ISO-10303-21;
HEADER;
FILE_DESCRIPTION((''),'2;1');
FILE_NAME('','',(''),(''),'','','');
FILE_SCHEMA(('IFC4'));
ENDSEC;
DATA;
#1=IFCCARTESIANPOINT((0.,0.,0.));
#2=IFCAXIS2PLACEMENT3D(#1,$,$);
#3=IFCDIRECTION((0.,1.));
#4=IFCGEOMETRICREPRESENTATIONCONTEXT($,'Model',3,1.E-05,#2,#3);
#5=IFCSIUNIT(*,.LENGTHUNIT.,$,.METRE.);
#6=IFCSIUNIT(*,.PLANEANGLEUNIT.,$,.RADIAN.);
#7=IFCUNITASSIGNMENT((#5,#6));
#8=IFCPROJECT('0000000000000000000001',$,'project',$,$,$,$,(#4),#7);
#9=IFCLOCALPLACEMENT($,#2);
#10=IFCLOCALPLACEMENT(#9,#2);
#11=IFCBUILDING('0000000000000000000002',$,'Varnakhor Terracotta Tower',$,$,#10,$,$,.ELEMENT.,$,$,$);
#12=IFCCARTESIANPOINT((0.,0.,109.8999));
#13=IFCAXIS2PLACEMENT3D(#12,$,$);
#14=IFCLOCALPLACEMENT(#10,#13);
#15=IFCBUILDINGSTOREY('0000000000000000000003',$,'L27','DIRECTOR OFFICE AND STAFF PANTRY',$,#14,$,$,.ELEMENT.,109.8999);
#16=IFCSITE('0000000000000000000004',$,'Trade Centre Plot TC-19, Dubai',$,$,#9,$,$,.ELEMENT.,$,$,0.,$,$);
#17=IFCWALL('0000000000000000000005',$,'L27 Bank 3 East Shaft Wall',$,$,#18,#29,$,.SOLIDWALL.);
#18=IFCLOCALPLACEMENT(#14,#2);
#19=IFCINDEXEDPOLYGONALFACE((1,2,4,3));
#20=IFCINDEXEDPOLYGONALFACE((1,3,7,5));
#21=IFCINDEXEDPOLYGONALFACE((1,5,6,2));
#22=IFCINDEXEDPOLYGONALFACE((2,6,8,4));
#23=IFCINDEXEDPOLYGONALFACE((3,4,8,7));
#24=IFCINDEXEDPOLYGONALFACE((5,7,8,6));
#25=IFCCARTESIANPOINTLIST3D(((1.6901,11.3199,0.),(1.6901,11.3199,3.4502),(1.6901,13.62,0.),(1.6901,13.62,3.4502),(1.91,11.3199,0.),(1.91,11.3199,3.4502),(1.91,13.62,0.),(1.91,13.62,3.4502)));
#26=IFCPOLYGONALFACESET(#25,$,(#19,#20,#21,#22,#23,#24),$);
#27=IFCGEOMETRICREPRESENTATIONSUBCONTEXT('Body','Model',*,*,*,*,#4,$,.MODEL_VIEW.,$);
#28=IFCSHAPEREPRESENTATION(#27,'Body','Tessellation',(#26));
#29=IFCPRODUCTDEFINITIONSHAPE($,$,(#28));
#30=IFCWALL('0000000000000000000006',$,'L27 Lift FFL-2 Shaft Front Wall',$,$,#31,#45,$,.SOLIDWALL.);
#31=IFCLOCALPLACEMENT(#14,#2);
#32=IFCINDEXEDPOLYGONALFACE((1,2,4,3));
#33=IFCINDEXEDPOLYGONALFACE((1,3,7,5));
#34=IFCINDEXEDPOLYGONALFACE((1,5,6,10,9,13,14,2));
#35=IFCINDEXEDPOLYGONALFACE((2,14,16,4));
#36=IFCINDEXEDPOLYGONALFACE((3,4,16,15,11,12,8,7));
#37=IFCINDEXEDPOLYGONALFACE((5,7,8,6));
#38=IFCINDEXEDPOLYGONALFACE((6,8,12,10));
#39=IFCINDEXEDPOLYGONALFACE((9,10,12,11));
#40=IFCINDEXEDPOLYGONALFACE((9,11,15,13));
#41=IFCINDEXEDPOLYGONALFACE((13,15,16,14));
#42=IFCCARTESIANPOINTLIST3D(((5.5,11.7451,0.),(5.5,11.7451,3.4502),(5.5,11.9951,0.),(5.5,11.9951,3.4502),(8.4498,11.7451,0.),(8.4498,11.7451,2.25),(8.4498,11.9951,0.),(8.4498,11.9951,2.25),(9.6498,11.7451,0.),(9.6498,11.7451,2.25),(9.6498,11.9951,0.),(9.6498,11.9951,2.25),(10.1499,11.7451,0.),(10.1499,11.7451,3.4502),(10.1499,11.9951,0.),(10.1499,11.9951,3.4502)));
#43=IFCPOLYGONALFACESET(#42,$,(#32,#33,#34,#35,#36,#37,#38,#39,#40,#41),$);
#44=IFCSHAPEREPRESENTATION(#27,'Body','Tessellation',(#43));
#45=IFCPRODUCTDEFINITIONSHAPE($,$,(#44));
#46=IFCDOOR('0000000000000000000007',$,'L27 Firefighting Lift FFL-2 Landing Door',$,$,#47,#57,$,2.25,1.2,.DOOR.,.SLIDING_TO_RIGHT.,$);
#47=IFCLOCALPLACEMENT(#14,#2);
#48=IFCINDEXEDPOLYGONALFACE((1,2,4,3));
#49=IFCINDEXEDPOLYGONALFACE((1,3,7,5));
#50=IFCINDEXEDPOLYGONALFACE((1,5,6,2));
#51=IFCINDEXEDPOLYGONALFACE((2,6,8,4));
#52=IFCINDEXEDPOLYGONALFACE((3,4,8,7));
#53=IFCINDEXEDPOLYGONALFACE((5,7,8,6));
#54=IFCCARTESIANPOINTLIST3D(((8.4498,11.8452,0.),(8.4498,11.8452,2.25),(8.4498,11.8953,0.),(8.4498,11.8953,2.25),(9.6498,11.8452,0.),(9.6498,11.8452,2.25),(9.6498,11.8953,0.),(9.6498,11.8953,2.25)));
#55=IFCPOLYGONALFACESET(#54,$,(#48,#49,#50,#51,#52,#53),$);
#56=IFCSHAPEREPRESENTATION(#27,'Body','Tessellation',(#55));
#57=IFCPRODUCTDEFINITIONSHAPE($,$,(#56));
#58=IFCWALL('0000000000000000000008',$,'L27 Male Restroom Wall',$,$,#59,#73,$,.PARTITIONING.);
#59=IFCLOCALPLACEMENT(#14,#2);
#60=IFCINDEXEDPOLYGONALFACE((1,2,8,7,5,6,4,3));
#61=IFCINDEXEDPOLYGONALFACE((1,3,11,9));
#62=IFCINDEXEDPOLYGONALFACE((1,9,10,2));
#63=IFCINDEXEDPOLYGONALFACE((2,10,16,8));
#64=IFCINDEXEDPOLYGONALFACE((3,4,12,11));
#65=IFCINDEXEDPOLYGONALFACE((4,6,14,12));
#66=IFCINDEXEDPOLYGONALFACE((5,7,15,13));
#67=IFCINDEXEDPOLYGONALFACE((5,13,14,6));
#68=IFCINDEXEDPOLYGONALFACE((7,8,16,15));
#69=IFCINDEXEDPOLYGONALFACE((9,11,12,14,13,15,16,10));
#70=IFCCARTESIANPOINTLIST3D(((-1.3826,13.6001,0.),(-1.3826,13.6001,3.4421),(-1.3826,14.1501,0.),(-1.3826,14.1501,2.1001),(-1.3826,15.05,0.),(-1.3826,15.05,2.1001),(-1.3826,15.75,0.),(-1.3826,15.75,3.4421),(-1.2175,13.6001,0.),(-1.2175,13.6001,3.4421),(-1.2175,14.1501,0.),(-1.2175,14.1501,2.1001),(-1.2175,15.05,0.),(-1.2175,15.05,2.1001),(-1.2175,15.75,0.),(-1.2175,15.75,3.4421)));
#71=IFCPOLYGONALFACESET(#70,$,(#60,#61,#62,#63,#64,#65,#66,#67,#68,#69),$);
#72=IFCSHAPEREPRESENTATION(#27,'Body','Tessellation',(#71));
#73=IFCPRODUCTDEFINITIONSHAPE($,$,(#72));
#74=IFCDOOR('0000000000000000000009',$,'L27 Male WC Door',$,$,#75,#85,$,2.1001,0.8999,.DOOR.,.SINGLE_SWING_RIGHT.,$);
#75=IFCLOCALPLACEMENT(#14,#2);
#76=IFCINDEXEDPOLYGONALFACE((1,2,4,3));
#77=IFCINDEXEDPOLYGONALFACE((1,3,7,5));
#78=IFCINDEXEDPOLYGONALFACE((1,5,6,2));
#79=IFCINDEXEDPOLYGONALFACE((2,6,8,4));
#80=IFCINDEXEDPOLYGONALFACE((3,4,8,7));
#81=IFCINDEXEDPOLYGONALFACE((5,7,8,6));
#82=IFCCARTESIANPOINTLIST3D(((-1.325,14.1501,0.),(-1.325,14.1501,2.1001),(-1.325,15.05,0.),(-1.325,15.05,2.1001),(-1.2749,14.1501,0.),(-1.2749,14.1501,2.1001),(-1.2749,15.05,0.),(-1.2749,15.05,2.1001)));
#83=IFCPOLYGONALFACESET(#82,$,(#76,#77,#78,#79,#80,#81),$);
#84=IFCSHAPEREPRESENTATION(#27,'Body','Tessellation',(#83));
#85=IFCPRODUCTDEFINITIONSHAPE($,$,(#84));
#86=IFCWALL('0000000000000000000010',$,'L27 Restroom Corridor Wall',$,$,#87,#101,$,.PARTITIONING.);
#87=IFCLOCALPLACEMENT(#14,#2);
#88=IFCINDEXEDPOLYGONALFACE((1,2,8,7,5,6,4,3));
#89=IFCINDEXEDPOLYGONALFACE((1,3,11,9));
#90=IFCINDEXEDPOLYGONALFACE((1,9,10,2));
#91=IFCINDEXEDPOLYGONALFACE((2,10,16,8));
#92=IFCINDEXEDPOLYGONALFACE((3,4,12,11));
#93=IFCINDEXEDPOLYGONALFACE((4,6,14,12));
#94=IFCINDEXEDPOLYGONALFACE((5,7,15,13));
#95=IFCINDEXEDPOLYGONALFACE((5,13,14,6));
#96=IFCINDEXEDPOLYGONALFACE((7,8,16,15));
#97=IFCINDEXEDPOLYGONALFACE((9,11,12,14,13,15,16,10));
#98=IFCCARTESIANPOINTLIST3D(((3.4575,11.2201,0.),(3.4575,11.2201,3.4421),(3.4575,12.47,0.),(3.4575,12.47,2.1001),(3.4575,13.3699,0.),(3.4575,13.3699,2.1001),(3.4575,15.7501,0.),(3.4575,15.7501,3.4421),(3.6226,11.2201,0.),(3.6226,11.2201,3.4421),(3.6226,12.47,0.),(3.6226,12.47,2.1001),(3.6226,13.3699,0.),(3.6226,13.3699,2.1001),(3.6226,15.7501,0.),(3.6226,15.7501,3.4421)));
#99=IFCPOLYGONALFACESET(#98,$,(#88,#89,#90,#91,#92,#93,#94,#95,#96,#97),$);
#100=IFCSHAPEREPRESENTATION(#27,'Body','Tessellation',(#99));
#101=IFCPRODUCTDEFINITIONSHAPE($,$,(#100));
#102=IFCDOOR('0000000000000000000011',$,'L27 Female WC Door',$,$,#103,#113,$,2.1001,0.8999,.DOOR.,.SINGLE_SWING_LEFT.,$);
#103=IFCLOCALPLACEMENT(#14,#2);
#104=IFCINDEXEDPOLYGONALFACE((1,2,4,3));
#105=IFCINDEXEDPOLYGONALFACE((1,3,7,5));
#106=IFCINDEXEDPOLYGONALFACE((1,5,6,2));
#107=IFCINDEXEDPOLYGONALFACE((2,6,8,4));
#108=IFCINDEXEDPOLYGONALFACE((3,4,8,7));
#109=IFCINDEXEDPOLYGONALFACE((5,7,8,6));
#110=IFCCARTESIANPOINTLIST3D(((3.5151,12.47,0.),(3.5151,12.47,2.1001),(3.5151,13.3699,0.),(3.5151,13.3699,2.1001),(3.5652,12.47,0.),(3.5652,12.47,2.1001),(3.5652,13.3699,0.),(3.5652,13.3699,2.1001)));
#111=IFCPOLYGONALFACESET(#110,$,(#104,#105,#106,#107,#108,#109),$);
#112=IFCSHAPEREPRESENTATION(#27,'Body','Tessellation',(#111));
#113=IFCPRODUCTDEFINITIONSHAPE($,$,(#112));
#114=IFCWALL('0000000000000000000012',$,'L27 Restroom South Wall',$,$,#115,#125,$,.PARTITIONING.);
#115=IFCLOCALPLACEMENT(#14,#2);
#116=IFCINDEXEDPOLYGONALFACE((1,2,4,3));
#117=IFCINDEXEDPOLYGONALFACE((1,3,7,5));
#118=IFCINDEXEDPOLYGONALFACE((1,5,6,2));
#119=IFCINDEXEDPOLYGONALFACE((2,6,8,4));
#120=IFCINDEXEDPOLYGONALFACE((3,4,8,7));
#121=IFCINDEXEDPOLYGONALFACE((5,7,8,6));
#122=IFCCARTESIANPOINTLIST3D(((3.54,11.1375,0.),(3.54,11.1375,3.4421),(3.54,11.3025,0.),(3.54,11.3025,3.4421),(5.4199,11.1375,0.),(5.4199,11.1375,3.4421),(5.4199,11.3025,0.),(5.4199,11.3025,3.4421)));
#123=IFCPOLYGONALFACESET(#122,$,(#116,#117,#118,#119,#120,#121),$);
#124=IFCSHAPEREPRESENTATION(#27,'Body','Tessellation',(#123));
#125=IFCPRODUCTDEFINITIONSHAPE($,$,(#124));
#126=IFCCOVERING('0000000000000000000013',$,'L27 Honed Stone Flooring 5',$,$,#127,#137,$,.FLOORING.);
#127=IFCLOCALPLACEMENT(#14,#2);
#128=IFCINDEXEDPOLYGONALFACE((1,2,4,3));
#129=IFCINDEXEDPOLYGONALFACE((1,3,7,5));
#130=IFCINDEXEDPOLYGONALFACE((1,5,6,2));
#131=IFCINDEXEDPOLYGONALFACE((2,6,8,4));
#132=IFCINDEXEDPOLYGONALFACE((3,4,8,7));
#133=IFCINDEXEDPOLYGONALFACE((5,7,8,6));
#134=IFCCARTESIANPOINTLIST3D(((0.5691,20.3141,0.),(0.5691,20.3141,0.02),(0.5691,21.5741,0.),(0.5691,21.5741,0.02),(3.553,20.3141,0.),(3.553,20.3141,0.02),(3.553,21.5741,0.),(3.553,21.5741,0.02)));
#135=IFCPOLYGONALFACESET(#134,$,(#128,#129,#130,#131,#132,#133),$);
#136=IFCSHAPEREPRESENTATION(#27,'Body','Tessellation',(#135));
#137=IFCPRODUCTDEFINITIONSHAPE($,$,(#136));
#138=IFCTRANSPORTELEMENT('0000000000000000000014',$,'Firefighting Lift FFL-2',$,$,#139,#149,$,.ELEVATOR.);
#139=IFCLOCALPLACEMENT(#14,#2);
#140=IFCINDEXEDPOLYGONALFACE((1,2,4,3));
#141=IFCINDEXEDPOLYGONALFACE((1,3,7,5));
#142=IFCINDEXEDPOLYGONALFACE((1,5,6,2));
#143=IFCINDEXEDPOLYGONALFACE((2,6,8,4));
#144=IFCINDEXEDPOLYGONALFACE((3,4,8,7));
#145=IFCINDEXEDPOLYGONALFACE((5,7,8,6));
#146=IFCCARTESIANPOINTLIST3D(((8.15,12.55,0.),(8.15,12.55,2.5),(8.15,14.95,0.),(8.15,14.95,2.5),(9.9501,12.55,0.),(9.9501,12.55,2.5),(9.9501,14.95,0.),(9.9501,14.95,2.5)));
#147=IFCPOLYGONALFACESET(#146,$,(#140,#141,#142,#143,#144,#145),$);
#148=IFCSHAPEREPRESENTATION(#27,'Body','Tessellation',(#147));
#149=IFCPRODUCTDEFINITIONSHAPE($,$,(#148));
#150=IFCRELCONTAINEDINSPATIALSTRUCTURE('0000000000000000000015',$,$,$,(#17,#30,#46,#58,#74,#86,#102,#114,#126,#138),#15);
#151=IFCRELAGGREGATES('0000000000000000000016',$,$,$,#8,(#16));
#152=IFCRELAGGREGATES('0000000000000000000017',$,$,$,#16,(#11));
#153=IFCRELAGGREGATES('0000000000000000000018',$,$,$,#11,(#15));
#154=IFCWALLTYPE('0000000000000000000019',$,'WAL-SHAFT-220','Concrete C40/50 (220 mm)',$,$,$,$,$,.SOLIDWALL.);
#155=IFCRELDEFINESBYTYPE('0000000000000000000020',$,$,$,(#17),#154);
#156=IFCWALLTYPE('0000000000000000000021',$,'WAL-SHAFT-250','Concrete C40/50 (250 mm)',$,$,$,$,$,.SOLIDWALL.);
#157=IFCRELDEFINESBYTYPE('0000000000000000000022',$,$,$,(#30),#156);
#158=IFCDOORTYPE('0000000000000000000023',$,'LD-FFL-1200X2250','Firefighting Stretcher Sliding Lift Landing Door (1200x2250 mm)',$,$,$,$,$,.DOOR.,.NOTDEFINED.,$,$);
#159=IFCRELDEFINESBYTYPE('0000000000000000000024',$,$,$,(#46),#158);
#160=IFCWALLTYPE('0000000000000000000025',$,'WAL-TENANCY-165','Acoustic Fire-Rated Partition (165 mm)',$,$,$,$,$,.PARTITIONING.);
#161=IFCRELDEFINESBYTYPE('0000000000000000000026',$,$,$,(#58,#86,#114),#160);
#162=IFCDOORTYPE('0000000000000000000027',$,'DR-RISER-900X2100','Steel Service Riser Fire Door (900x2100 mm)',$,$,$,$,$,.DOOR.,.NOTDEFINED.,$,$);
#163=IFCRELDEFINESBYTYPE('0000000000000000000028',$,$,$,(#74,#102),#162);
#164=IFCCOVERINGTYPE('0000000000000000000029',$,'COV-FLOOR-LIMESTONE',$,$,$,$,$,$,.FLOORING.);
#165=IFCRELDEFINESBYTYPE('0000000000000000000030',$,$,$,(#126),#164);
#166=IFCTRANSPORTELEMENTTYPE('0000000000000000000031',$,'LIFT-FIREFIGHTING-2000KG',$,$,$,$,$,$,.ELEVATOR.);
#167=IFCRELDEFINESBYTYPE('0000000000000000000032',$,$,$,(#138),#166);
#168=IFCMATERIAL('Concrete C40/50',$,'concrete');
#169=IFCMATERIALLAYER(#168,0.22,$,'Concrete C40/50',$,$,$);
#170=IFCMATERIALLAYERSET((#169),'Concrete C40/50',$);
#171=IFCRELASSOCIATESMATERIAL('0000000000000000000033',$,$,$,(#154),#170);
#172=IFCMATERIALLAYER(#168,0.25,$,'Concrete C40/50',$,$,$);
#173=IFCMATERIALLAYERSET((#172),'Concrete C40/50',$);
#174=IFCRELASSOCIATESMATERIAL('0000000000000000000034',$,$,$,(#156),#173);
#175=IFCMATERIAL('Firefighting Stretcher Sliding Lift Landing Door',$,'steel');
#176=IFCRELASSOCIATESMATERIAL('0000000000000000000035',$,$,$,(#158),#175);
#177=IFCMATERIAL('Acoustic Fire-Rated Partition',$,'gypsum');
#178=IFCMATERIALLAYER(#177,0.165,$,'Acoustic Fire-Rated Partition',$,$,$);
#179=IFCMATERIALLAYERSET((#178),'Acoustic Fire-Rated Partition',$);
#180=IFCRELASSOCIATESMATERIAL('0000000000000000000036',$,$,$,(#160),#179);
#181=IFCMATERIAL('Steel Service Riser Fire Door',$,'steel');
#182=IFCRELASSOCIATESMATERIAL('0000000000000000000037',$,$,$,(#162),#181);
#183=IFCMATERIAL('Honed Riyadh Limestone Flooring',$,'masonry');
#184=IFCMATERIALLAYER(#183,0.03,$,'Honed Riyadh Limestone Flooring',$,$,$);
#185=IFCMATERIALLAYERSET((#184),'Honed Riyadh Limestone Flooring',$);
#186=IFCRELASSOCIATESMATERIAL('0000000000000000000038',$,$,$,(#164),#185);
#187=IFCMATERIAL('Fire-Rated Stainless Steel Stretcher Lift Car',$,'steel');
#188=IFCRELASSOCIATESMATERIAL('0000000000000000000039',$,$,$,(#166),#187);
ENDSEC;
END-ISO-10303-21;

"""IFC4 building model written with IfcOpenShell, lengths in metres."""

from ifc_helpers import new_model, si_unit, direction, frame, frame_2d, origin, origin_2d, place, context, subcontext, project, spatial, rectangle, extrude, source, transform, mapped, material, layer, layer_set, type_object, type_shapes, element, fill, save


model = new_model("IFC4")

# Units and contexts
model_context = context("Model", 3, precision=1e-05, world=origin(), true_north=direction((0.0, 1.0)))
body_context = subcontext(model_context, "Body", "Model", "MODEL_VIEW")
ifc_project = project(units=[si_unit("LENGTHUNIT", "METRE"), si_unit("PLANEANGLEUNIT", "RADIAN")], contexts=[model_context])

# Site, building, storey
site_placement = place(None, origin())
site = spatial("IfcSite", under=ifc_project, at=site_placement, Name="Trade Centre Plot TC-19, Dubai", CompositionType="ELEMENT", RefElevation=0.0)
building_placement = place(site_placement, origin())
building = spatial("IfcBuilding", under=site, at=building_placement, Name="Varnakhor Terracotta Tower", CompositionType="ELEMENT")
storey_placement = place(building_placement, frame((0.0, 0.0, 109.8999)))
storey = spatial("IfcBuildingStorey", under=building, at=storey_placement, Name="L27", Description="DIRECTOR OFFICE AND STAFF PANTRY", CompositionType="ELEMENT", Elevation=109.8999)

# Wall
ifc_material_1 = material(Name="Concrete C40/50", Category="concrete")
ifc_layer_1 = layer(ifc_material_1, 0.22, Name="Concrete C40/50")
ifc_layer_set_1 = layer_set([ifc_layer_1], Name="Concrete C40/50")
wall_type_1 = type_object("IfcWallType", Name="WAL-SHAFT-220", Description="Concrete C40/50 (220 mm)", PredefinedType="SOLIDWALL", material=ifc_layer_set_1)
wall_1_placement = place(storey_placement, frame((1.8, 11.3201, 0.0), z_axis=(0.0, 0.0, 1.0), x_axis=(0.0, 1.0, 0.0)))
element("IfcWall", 1, at=wall_1_placement, inside=storey, type_object=wall_type_1, Name="L27 Bank 3 East Shaft Wall", PredefinedType="SOLIDWALL", context=body_context, shape_type="SweptSolid", body=[
    extrude(rectangle(XDim=2.3, YDim=0.22, at=frame_2d((1.1499, 0.0))), origin(), (0.0, 0.0, 1.0), 3.4502),
])

# Walls, openings, doors
ifc_layer_2 = layer(ifc_material_1, 0.25, Name="Concrete C40/50")
ifc_layer_set_2 = layer_set([ifc_layer_2], Name="Concrete C40/50")
wall_type_2 = type_object("IfcWallType", Name="WAL-SHAFT-250", Description="Concrete C40/50 (250 mm)", PredefinedType="SOLIDWALL", material=ifc_layer_set_2)
wall_2_placement = place(storey_placement, frame((10.1499, 11.8701, 0.0), z_axis=(0.0, 0.0, 1.0), x_axis=(-1.0, 0.0, 0.0)))
wall_2 = element("IfcWall", 2, at=wall_2_placement, inside=storey, type_object=wall_type_2, Name="L27 Lift FFL-2 Shaft Front Wall", PredefinedType="SOLIDWALL", context=body_context, shape_type="SweptSolid", body=[
    extrude(rectangle(XDim=4.6499, YDim=0.25, at=frame_2d((2.325, 0.0))), origin(), (0.0, 0.0, 1.0), 3.4502),
])
opening_1_placement = place(wall_2_placement, frame((0.5, 0.0, 0.0)))
opening_1 = element("IfcOpeningElement", 3, at=opening_1_placement, cuts=wall_2, PredefinedType="OPENING", context=body_context, shape_type="SweptSolid", body=[
    extrude(rectangle(XDim=1.2, YDim=2.25, at=frame_2d((0.6001, 1.125))), frame((0.0, 0.135, 0.0), z_axis=(0.0, -1.0, 0.0), x_axis=(1.0, 0.0, 0.0)), (0.0, 0.0, 1.0), 0.27),
])
ifc_material_2 = material(Name="Firefighting Stretcher Sliding Lift Landing Door", Category="steel")
door_type_1 = type_object("IfcDoorType", Name="LD-FFL-1200X2250", Description="Firefighting Stretcher Sliding Lift Landing Door (1200x2250 mm)", OperationType="NOTDEFINED", PredefinedType="DOOR", material=ifc_material_2)
shared_shape_1 = source(origin(), body_context, "Body", "SweptSolid", [
    extrude(rectangle(XDim=1.2, YDim=2.25, at=frame_2d((0.6001, 1.125))), frame((0.0, 0.0249, 0.0), z_axis=(0.0, -1.0, 0.0), x_axis=(1.0, 0.0, 0.0)), (0.0, 0.0, 1.0), 0.05),
])
type_shapes(door_type_1, [shared_shape_1])
door_1_placement = place(opening_1_placement, origin())
door_1 = element("IfcDoor", 4, at=door_1_placement, inside=storey, type_object=door_type_1, Name="L27 Firefighting Lift FFL-2 Landing Door", OperationType="SLIDING_TO_RIGHT", OverallHeight=2.25, OverallWidth=1.2, PredefinedType="DOOR", context=body_context, shape_type="MappedRepresentation", body=[
    mapped(shared_shape_1, transform((0.0, 0.0, 0.0), scale=1.0)),
])
fill(opening_1, door_1)
ifc_material_3 = material(Name="Acoustic Fire-Rated Partition", Category="gypsum")
ifc_layer_3 = layer(ifc_material_3, 0.165, Name="Acoustic Fire-Rated Partition")
ifc_layer_set_3 = layer_set([ifc_layer_3], Name="Acoustic Fire-Rated Partition")
wall_type_3 = type_object("IfcWallType", Name="WAL-TENANCY-165", Description="Acoustic Fire-Rated Partition (165 mm)", PredefinedType="PARTITIONING", material=ifc_layer_set_3)
wall_3_placement = place(storey_placement, frame((-1.3, 13.6001, 0.0), z_axis=(0.0, 0.0, 1.0), x_axis=(0.0, 1.0, 0.0)))
wall_3 = element("IfcWall", 5, at=wall_3_placement, inside=storey, type_object=wall_type_3, Name="L27 Male Restroom Wall", PredefinedType="PARTITIONING", context=body_context, shape_type="SweptSolid", body=[
    extrude(rectangle(XDim=2.1499, YDim=0.165, at=frame_2d((1.075, 0.0))), origin(), (0.0, 0.0, 1.0), 3.4421),
])
opening_2_placement = place(wall_3_placement, frame((0.55, 0.0, 0.0)))
opening_2 = element("IfcOpeningElement", 6, at=opening_2_placement, cuts=wall_3, PredefinedType="OPENING", context=body_context, shape_type="SweptSolid", body=[
    extrude(rectangle(XDim=0.8999, YDim=2.1001, at=frame_2d((0.45, 1.05))), frame((0.0, 0.0925, 0.0), z_axis=(0.0, -1.0, 0.0), x_axis=(1.0, 0.0, 0.0)), (0.0, 0.0, 1.0), 0.1851),
])
ifc_material_4 = material(Name="Steel Service Riser Fire Door", Category="steel")
door_type_2 = type_object("IfcDoorType", Name="DR-RISER-900X2100", Description="Steel Service Riser Fire Door (900x2100 mm)", OperationType="NOTDEFINED", PredefinedType="DOOR", material=ifc_material_4)
shared_shape_2 = source(origin(), body_context, "Body", "SweptSolid", [
    extrude(rectangle(XDim=0.8999, YDim=2.1001, at=frame_2d((0.45, 1.05))), frame((0.0, 0.0249, 0.0), z_axis=(0.0, -1.0, 0.0), x_axis=(1.0, 0.0, 0.0)), (0.0, 0.0, 1.0), 0.05),
])
type_shapes(door_type_2, [shared_shape_2])
door_2_placement = place(opening_2_placement, origin())
door_2 = element("IfcDoor", 7, at=door_2_placement, inside=storey, type_object=door_type_2, Name="L27 Male WC Door", OperationType="SINGLE_SWING_RIGHT", OverallHeight=2.1001, OverallWidth=0.8999, PredefinedType="DOOR", context=body_context, shape_type="MappedRepresentation", body=[
    mapped(shared_shape_2, transform((0.0, 0.0, 0.0), scale=1.0)),
])
fill(opening_2, door_2)
wall_4_placement = place(storey_placement, frame((3.54, 11.22, 0.0), z_axis=(0.0, 0.0, 1.0), x_axis=(0.0, 1.0, 0.0)))
wall_4 = element("IfcWall", 8, at=wall_4_placement, inside=storey, type_object=wall_type_3, Name="L27 Restroom Corridor Wall", PredefinedType="PARTITIONING", context=body_context, shape_type="SweptSolid", body=[
    extrude(rectangle(XDim=4.53, YDim=0.165, at=frame_2d((2.2651, 0.0))), origin(), (0.0, 0.0, 1.0), 3.4421),
])
opening_3_placement = place(wall_4_placement, frame((1.25, 0.0, 0.0)))
opening_3 = element("IfcOpeningElement", 9, at=opening_3_placement, cuts=wall_4, PredefinedType="OPENING", context=body_context, shape_type="SweptSolid", body=[
    extrude(rectangle(XDim=0.8999, YDim=2.1001, at=frame_2d((0.45, 1.05))), frame((0.0, 0.0925, 0.0), z_axis=(0.0, -1.0, 0.0), x_axis=(1.0, 0.0, 0.0)), (0.0, 0.0, 1.0), 0.1851),
])
door_3_placement = place(opening_3_placement, origin())
door_3 = element("IfcDoor", 10, at=door_3_placement, inside=storey, type_object=door_type_2, Name="L27 Female WC Door", OperationType="SINGLE_SWING_LEFT", OverallHeight=2.1001, OverallWidth=0.8999, PredefinedType="DOOR", context=body_context, shape_type="MappedRepresentation", body=[
    mapped(shared_shape_2, transform((0.0, 0.0, 0.0), scale=1.0)),
])
fill(opening_3, door_3)

# Wall
wall_5_placement = place(storey_placement, frame((3.54, 11.22, 0.0), z_axis=(0.0, 0.0, 1.0), x_axis=(1.0, 0.0, 0.0)))
element("IfcWall", 11, at=wall_5_placement, inside=storey, type_object=wall_type_3, Name="L27 Restroom South Wall", PredefinedType="PARTITIONING", context=body_context, shape_type="SweptSolid", body=[
    extrude(rectangle(XDim=1.8799, YDim=0.165, at=frame_2d((0.9399, 0.0))), origin(), (0.0, 0.0, 1.0), 3.4421),
])

# Covering
ifc_material_5 = material(Name="Honed Riyadh Limestone Flooring", Category="masonry")
ifc_layer_4 = layer(ifc_material_5, 0.03, Name="Honed Riyadh Limestone Flooring")
ifc_layer_set_4 = layer_set([ifc_layer_4], Name="Honed Riyadh Limestone Flooring")
covering_type = type_object("IfcCoveringType", Name="COV-FLOOR-LIMESTONE", PredefinedType="FLOORING", material=ifc_layer_set_4)
shared_shape_3 = source(origin(), body_context, "Body", "SweptSolid", [
    extrude(rectangle(XDim=2.9839, YDim=1.26, at=origin_2d()), origin(), (0.0, 0.0, 1.0), 0.02),
])
covering_placement = place(storey_placement, frame((2.061, 20.9441, 0.0), z_axis=(0.0, 0.0, 1.0), x_axis=(1.0, 0.0, 0.0)))
element("IfcCovering", 12, at=covering_placement, inside=storey, type_object=covering_type, Name="L27 Honed Stone Flooring 5", PredefinedType="FLOORING", context=body_context, shape_type="MappedRepresentation", body=[
    mapped(shared_shape_3, transform((0.0, 0.0, 0.0), scale=1.0)),
])

# Transport element
ifc_material_6 = material(Name="Fire-Rated Stainless Steel Stretcher Lift Car", Category="steel")
transport_element_type = type_object("IfcTransportElementType", Name="LIFT-FIREFIGHTING-2000KG", PredefinedType="ELEVATOR", material=ifc_material_6)
shared_shape_4 = source(origin(), body_context, "Body", "SweptSolid", [
    extrude(rectangle(XDim=1.8, YDim=2.3999, at=origin_2d()), origin(), (0.0, 0.0, 1.0), 2.5),
])
type_shapes(transport_element_type, [shared_shape_4])
transport_element_placement = place(storey_placement, frame((9.05, 13.75, 0.0), z_axis=(0.0, 0.0, 1.0), x_axis=(1.0, 0.0, 0.0)))
element("IfcTransportElement", 13, at=transport_element_placement, inside=storey, type_object=transport_element_type, Name="Firefighting Lift FFL-2", PredefinedType="ELEVATOR", context=body_context, shape_type="MappedRepresentation", body=[
    mapped(shared_shape_4, transform((0.0, 0.0, 0.0), scale=1.0)),
])

save(model, "model.ifc")
